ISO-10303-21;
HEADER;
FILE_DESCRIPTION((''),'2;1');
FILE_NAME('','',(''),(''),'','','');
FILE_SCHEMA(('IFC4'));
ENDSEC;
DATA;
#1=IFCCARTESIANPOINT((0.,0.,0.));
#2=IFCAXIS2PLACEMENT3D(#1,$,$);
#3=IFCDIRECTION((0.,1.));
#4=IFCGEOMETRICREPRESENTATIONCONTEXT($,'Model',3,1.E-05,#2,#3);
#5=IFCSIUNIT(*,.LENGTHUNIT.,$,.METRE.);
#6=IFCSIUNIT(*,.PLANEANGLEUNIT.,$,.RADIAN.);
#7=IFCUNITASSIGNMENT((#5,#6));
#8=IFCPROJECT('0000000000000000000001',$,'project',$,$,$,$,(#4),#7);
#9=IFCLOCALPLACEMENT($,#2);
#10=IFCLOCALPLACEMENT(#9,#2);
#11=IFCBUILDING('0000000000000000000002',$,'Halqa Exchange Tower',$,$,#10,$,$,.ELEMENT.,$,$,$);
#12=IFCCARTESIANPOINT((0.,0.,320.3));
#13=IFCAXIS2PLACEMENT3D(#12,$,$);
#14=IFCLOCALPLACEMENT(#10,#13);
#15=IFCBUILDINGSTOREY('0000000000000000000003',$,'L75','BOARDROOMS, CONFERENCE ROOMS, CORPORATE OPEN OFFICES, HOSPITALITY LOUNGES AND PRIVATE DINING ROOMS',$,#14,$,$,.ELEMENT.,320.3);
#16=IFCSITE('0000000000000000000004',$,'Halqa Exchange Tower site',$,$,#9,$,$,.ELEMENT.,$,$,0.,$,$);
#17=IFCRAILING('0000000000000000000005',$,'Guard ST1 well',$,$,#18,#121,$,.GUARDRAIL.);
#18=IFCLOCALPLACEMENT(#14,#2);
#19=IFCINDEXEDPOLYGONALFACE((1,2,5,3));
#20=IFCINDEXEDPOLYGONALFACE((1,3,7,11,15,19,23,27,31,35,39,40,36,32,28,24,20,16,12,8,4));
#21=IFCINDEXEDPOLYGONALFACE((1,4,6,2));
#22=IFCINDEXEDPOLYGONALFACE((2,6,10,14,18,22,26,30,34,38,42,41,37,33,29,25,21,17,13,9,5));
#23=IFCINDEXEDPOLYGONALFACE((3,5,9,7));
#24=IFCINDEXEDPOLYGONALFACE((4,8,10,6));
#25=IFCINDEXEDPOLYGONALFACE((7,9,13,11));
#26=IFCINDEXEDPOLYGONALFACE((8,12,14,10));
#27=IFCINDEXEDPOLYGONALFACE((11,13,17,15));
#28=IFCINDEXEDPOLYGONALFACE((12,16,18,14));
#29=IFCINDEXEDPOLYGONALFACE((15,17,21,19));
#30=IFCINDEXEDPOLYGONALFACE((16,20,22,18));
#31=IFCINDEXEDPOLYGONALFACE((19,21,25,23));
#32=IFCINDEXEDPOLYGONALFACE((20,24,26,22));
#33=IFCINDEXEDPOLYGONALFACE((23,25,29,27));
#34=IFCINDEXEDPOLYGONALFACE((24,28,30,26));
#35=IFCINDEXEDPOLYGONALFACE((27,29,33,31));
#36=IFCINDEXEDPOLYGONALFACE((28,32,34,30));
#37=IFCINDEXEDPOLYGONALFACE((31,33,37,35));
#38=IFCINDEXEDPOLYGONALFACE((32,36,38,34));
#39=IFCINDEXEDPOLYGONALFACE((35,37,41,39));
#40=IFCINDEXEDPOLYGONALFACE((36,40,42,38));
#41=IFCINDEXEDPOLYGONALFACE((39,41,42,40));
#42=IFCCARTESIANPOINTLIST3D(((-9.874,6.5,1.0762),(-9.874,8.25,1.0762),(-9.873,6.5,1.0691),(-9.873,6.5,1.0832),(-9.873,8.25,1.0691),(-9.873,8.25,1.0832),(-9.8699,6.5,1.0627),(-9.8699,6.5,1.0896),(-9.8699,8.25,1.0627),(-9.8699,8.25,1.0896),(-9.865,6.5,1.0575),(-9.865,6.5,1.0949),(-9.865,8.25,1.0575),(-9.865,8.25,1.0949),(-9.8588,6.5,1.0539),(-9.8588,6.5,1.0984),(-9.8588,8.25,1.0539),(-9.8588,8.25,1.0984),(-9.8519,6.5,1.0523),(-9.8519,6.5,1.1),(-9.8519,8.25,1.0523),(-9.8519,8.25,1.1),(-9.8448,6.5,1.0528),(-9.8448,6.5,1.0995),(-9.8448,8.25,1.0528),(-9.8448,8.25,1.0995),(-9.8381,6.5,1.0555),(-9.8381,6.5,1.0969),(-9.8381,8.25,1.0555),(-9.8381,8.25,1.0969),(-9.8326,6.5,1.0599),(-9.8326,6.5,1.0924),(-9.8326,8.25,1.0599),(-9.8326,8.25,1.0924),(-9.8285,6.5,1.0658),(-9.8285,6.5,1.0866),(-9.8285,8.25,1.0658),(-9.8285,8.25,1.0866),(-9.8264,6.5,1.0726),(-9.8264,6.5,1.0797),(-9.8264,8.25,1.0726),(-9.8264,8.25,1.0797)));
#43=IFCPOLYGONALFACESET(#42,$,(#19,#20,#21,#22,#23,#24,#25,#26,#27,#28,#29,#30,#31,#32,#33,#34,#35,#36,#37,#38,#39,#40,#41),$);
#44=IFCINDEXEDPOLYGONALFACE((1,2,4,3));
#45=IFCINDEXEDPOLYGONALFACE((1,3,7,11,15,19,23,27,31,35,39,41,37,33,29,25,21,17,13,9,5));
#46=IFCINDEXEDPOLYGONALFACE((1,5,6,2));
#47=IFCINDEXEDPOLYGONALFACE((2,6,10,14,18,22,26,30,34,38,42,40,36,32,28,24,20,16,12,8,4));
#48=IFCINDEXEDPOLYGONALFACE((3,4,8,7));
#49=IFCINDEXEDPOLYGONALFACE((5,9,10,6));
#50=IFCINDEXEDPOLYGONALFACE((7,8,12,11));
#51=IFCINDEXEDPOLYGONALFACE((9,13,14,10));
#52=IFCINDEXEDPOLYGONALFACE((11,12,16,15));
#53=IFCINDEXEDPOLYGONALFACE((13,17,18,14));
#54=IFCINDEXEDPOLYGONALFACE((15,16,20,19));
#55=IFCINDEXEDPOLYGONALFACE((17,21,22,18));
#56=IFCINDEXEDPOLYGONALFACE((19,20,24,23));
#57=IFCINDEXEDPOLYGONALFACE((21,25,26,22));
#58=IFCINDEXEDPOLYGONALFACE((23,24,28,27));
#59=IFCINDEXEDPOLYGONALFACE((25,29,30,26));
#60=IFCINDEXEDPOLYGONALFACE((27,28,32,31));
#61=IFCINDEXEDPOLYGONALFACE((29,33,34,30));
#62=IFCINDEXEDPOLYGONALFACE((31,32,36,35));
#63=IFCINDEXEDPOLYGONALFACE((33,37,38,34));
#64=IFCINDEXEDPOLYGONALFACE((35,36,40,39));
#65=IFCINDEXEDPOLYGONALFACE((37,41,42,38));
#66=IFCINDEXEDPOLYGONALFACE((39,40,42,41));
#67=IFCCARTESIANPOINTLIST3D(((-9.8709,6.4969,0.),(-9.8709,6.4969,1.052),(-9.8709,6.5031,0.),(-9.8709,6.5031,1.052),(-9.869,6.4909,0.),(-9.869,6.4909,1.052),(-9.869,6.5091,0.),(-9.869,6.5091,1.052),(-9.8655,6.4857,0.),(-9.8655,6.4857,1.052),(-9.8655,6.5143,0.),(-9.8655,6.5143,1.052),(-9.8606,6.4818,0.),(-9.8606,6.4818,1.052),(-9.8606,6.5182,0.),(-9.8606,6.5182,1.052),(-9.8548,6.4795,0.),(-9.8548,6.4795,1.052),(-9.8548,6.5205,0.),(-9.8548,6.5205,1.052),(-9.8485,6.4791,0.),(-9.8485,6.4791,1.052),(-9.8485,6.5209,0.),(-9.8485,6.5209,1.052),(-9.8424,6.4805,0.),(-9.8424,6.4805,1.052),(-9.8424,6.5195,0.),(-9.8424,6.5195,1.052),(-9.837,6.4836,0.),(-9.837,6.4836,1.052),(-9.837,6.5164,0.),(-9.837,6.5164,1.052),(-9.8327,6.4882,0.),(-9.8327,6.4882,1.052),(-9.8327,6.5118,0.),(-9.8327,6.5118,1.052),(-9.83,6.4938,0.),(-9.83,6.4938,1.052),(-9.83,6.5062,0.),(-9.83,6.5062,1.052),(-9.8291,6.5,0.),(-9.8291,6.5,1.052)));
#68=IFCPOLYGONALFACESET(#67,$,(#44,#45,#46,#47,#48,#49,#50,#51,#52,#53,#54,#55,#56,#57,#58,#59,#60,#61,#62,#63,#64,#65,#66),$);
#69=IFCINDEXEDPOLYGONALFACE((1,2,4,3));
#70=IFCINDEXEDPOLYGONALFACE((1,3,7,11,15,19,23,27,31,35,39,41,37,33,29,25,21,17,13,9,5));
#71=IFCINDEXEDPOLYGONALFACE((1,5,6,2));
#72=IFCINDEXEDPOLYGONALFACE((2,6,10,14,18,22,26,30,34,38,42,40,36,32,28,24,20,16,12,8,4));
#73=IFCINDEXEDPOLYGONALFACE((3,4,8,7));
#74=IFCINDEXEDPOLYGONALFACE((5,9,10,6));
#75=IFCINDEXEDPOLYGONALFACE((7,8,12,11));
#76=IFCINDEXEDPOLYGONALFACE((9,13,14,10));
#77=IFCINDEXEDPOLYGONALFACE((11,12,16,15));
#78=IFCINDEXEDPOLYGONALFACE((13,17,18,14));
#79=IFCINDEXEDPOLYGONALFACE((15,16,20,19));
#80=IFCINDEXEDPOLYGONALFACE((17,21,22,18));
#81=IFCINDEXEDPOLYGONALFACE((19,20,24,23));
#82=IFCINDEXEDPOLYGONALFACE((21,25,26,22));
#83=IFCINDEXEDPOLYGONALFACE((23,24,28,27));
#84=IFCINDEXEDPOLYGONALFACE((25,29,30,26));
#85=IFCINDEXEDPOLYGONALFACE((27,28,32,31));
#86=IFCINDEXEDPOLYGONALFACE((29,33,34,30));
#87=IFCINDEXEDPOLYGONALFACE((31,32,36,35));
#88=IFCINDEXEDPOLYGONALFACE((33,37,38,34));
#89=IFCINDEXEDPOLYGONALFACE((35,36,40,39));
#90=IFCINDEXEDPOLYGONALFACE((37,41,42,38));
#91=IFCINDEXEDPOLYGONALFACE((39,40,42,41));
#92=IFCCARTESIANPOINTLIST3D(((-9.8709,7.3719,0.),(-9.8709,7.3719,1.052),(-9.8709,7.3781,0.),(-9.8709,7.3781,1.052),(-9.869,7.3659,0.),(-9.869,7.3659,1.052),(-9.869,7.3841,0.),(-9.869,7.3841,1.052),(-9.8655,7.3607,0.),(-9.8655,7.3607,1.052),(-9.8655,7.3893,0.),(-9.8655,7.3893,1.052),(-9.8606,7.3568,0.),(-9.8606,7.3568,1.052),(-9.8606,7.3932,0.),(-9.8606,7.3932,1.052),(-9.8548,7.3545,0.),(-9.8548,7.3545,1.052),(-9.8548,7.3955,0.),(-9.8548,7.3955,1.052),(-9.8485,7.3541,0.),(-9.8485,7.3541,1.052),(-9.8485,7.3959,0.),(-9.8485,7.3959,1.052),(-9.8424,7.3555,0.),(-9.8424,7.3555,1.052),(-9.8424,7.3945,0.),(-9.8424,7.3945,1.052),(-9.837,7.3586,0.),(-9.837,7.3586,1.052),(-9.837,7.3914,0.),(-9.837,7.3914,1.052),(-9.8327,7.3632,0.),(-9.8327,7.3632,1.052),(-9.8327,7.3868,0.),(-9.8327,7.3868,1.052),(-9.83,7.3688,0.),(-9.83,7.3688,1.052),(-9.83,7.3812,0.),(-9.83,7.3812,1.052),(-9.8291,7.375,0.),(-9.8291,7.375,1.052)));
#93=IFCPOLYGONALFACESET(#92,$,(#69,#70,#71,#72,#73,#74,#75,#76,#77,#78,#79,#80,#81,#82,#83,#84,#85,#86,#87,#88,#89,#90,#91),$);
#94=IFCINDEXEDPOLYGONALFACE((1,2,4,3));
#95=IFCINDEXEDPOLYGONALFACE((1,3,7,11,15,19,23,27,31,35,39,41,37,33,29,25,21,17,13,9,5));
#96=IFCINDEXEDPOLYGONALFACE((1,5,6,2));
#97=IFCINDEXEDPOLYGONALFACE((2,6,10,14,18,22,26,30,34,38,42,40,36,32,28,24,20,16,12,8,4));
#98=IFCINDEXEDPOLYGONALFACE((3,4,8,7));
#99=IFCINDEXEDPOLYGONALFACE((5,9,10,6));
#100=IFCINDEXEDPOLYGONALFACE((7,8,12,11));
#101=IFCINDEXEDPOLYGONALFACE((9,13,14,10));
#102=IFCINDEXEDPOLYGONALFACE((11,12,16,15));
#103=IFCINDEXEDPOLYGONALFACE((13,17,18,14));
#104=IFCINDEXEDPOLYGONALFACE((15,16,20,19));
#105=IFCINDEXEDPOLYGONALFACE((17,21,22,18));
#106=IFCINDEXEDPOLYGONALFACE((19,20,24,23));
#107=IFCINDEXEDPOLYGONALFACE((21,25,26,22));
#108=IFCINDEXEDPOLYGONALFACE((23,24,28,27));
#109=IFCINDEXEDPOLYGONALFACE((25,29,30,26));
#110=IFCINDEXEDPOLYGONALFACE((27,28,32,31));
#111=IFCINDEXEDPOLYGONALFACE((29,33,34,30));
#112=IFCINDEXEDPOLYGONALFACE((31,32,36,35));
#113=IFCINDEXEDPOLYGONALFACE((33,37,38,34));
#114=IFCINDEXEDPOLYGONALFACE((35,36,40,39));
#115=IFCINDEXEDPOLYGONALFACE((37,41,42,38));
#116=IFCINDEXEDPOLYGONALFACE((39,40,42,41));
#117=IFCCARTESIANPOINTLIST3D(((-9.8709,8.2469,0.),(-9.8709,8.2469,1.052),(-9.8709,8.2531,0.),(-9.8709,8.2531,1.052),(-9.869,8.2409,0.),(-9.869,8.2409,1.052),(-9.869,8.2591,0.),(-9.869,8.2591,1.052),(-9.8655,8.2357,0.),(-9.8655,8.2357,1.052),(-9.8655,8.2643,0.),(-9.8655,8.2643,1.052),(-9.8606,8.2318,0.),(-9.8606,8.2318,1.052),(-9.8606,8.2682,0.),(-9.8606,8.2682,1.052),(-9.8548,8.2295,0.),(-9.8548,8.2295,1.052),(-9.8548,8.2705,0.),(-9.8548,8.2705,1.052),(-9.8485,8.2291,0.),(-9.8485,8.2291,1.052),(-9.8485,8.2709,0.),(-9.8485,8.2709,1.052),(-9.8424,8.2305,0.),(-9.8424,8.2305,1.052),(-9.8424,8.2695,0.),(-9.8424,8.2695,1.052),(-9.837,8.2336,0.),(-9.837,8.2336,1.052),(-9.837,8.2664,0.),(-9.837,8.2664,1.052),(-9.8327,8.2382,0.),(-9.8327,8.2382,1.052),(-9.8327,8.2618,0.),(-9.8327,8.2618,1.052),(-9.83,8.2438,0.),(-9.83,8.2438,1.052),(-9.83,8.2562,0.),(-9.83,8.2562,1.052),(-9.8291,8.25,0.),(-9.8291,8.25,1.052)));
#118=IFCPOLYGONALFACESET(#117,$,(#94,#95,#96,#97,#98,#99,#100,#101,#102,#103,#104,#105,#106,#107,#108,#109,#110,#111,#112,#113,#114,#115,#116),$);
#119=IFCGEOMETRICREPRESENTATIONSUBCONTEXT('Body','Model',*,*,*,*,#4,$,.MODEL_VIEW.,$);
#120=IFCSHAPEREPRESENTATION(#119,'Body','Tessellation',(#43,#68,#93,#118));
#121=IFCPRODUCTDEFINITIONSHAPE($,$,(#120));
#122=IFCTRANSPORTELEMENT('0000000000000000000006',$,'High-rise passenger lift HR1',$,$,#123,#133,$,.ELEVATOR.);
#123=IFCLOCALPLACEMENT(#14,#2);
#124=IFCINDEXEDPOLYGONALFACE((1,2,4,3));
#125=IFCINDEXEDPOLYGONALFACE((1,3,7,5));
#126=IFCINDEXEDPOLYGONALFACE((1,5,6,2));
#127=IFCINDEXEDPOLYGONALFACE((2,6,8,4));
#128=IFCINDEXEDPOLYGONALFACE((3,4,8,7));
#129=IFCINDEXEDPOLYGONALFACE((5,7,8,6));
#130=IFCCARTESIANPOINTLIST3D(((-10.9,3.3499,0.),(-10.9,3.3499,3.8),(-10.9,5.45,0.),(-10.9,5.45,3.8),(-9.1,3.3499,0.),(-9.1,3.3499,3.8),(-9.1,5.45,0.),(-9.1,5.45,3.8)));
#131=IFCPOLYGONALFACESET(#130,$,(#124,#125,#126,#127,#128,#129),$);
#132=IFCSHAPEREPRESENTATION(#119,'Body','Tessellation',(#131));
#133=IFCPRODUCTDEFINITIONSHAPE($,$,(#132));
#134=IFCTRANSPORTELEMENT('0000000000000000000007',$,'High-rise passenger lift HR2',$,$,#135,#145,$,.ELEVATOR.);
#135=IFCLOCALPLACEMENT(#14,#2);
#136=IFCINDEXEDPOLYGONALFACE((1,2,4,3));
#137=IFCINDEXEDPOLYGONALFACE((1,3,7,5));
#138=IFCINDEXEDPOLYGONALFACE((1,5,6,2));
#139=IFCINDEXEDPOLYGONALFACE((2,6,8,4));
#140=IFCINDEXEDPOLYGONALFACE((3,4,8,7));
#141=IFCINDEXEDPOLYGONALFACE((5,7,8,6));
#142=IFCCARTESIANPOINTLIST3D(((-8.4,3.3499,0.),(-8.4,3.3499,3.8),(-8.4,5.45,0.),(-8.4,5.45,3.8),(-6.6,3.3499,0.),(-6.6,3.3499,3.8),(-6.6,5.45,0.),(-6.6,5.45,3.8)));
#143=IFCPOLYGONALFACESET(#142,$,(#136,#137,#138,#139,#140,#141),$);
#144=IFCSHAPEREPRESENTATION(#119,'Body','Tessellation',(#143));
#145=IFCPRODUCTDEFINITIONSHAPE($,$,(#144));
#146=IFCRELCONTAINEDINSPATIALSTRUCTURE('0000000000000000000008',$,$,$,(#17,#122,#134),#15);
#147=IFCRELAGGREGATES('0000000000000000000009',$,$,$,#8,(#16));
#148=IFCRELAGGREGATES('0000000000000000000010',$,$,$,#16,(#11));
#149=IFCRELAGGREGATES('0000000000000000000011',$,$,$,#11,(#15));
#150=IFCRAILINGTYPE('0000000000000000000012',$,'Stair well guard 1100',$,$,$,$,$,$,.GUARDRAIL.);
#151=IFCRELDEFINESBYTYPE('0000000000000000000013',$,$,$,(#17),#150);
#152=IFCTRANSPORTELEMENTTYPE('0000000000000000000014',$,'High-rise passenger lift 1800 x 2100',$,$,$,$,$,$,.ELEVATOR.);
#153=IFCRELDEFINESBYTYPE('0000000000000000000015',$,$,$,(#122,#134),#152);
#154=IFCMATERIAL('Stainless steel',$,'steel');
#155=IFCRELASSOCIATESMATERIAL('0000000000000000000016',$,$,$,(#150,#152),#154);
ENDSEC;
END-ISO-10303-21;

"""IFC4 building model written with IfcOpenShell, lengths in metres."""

from ifc_helpers import new_model, si_unit, direction, frame, origin, origin_2d, place, context, subcontext, project, spatial, rectangle, circle, extrude, material, type_object, element, save


model = new_model("IFC4")

# Units and contexts
model_context = context("Model", 3, precision=1e-05, world=origin(), true_north=direction((0.0, 1.0)))
body_context = subcontext(model_context, "Body", "Model", "MODEL_VIEW")
ifc_project = project(units=[si_unit("LENGTHUNIT", "METRE"), si_unit("PLANEANGLEUNIT", "RADIAN")], contexts=[model_context])

# Site, building, storey
site_placement = place(None, origin())
site = spatial("IfcSite", under=ifc_project, at=site_placement, Name="Halqa Exchange Tower site", CompositionType="ELEMENT", RefElevation=0.0)
building_placement = place(site_placement, origin())
building = spatial("IfcBuilding", under=site, at=building_placement, Name="Halqa Exchange Tower", CompositionType="ELEMENT")
storey_placement = place(building_placement, frame((0.0, 0.0, 320.3)))
storey = spatial("IfcBuildingStorey", under=building, at=storey_placement, Name="L75", Description="BOARDROOMS, CONFERENCE ROOMS, CORPORATE OPEN OFFICES, HOSPITALITY LOUNGES AND PRIVATE DINING ROOMS", CompositionType="ELEMENT", Elevation=320.3)

# Shared definitions
ifc_material_1 = material(Name="Stainless steel", Category="steel")

# Railing
railing_type_1 = type_object("IfcRailingType", Name="Stair well guard 1100", PredefinedType="GUARDRAIL", material=ifc_material_1)
railing_1_placement = place(storey_placement, frame((-9.8501, 6.5, 0.0)))
element("IfcRailing", 1, at=railing_1_placement, inside=storey, type_object=railing_type_1, Name="Guard ST1 well", PredefinedType="GUARDRAIL", context=body_context, shape_type="SweptSolid", body=[
    extrude(circle(Radius=0.0239, at=origin_2d()), frame((0.0, 0.0, 1.0762), z_axis=(0.0, 1.0, 0.0), x_axis=(-1.0, 0.0, 0.0)), (0.0, 0.0, 1.0), 1.75),
    extrude(circle(Radius=0.021, at=origin_2d()), origin(), (0.0, 0.0, 1.0), 1.052),
    extrude(circle(Radius=0.021, at=origin_2d()), frame((0.0, 0.875, 0.0)), (0.0, 0.0, 1.0), 1.052),
    extrude(circle(Radius=0.021, at=origin_2d()), frame((0.0, 1.75, 0.0)), (0.0, 0.0, 1.0), 1.052),
])

# Transport elements
transport_element_type = type_object("IfcTransportElementType", Name="High-rise passenger lift 1800 x 2100", PredefinedType="ELEVATOR", material=ifc_material_1)
for number, where, z_axis, x_axis, name in (
    (2, (-10.0, 4.3999, 0.0), (0.0, 0.0, 1.0), (1.0, 0.0, 0.0), "High-rise passenger lift HR1"),
    (3, (-7.5, 4.3999, 0.0), (0.0, 0.0, 1.0), (1.0, 0.0, 0.0), "High-rise passenger lift HR2"),
):
    element("IfcTransportElement", number, at=place(storey_placement, frame(where, z_axis=z_axis, x_axis=x_axis)), inside=storey, type_object=transport_element_type, Name=name, PredefinedType="ELEVATOR", context=body_context, shape_type="SweptSolid", body=[
        extrude(rectangle(XDim=1.8, YDim=2.1001, at=origin_2d()), origin(), (0.0, 0.0, 1.0), 3.8),
    ])

save(model, "model.ifc")
